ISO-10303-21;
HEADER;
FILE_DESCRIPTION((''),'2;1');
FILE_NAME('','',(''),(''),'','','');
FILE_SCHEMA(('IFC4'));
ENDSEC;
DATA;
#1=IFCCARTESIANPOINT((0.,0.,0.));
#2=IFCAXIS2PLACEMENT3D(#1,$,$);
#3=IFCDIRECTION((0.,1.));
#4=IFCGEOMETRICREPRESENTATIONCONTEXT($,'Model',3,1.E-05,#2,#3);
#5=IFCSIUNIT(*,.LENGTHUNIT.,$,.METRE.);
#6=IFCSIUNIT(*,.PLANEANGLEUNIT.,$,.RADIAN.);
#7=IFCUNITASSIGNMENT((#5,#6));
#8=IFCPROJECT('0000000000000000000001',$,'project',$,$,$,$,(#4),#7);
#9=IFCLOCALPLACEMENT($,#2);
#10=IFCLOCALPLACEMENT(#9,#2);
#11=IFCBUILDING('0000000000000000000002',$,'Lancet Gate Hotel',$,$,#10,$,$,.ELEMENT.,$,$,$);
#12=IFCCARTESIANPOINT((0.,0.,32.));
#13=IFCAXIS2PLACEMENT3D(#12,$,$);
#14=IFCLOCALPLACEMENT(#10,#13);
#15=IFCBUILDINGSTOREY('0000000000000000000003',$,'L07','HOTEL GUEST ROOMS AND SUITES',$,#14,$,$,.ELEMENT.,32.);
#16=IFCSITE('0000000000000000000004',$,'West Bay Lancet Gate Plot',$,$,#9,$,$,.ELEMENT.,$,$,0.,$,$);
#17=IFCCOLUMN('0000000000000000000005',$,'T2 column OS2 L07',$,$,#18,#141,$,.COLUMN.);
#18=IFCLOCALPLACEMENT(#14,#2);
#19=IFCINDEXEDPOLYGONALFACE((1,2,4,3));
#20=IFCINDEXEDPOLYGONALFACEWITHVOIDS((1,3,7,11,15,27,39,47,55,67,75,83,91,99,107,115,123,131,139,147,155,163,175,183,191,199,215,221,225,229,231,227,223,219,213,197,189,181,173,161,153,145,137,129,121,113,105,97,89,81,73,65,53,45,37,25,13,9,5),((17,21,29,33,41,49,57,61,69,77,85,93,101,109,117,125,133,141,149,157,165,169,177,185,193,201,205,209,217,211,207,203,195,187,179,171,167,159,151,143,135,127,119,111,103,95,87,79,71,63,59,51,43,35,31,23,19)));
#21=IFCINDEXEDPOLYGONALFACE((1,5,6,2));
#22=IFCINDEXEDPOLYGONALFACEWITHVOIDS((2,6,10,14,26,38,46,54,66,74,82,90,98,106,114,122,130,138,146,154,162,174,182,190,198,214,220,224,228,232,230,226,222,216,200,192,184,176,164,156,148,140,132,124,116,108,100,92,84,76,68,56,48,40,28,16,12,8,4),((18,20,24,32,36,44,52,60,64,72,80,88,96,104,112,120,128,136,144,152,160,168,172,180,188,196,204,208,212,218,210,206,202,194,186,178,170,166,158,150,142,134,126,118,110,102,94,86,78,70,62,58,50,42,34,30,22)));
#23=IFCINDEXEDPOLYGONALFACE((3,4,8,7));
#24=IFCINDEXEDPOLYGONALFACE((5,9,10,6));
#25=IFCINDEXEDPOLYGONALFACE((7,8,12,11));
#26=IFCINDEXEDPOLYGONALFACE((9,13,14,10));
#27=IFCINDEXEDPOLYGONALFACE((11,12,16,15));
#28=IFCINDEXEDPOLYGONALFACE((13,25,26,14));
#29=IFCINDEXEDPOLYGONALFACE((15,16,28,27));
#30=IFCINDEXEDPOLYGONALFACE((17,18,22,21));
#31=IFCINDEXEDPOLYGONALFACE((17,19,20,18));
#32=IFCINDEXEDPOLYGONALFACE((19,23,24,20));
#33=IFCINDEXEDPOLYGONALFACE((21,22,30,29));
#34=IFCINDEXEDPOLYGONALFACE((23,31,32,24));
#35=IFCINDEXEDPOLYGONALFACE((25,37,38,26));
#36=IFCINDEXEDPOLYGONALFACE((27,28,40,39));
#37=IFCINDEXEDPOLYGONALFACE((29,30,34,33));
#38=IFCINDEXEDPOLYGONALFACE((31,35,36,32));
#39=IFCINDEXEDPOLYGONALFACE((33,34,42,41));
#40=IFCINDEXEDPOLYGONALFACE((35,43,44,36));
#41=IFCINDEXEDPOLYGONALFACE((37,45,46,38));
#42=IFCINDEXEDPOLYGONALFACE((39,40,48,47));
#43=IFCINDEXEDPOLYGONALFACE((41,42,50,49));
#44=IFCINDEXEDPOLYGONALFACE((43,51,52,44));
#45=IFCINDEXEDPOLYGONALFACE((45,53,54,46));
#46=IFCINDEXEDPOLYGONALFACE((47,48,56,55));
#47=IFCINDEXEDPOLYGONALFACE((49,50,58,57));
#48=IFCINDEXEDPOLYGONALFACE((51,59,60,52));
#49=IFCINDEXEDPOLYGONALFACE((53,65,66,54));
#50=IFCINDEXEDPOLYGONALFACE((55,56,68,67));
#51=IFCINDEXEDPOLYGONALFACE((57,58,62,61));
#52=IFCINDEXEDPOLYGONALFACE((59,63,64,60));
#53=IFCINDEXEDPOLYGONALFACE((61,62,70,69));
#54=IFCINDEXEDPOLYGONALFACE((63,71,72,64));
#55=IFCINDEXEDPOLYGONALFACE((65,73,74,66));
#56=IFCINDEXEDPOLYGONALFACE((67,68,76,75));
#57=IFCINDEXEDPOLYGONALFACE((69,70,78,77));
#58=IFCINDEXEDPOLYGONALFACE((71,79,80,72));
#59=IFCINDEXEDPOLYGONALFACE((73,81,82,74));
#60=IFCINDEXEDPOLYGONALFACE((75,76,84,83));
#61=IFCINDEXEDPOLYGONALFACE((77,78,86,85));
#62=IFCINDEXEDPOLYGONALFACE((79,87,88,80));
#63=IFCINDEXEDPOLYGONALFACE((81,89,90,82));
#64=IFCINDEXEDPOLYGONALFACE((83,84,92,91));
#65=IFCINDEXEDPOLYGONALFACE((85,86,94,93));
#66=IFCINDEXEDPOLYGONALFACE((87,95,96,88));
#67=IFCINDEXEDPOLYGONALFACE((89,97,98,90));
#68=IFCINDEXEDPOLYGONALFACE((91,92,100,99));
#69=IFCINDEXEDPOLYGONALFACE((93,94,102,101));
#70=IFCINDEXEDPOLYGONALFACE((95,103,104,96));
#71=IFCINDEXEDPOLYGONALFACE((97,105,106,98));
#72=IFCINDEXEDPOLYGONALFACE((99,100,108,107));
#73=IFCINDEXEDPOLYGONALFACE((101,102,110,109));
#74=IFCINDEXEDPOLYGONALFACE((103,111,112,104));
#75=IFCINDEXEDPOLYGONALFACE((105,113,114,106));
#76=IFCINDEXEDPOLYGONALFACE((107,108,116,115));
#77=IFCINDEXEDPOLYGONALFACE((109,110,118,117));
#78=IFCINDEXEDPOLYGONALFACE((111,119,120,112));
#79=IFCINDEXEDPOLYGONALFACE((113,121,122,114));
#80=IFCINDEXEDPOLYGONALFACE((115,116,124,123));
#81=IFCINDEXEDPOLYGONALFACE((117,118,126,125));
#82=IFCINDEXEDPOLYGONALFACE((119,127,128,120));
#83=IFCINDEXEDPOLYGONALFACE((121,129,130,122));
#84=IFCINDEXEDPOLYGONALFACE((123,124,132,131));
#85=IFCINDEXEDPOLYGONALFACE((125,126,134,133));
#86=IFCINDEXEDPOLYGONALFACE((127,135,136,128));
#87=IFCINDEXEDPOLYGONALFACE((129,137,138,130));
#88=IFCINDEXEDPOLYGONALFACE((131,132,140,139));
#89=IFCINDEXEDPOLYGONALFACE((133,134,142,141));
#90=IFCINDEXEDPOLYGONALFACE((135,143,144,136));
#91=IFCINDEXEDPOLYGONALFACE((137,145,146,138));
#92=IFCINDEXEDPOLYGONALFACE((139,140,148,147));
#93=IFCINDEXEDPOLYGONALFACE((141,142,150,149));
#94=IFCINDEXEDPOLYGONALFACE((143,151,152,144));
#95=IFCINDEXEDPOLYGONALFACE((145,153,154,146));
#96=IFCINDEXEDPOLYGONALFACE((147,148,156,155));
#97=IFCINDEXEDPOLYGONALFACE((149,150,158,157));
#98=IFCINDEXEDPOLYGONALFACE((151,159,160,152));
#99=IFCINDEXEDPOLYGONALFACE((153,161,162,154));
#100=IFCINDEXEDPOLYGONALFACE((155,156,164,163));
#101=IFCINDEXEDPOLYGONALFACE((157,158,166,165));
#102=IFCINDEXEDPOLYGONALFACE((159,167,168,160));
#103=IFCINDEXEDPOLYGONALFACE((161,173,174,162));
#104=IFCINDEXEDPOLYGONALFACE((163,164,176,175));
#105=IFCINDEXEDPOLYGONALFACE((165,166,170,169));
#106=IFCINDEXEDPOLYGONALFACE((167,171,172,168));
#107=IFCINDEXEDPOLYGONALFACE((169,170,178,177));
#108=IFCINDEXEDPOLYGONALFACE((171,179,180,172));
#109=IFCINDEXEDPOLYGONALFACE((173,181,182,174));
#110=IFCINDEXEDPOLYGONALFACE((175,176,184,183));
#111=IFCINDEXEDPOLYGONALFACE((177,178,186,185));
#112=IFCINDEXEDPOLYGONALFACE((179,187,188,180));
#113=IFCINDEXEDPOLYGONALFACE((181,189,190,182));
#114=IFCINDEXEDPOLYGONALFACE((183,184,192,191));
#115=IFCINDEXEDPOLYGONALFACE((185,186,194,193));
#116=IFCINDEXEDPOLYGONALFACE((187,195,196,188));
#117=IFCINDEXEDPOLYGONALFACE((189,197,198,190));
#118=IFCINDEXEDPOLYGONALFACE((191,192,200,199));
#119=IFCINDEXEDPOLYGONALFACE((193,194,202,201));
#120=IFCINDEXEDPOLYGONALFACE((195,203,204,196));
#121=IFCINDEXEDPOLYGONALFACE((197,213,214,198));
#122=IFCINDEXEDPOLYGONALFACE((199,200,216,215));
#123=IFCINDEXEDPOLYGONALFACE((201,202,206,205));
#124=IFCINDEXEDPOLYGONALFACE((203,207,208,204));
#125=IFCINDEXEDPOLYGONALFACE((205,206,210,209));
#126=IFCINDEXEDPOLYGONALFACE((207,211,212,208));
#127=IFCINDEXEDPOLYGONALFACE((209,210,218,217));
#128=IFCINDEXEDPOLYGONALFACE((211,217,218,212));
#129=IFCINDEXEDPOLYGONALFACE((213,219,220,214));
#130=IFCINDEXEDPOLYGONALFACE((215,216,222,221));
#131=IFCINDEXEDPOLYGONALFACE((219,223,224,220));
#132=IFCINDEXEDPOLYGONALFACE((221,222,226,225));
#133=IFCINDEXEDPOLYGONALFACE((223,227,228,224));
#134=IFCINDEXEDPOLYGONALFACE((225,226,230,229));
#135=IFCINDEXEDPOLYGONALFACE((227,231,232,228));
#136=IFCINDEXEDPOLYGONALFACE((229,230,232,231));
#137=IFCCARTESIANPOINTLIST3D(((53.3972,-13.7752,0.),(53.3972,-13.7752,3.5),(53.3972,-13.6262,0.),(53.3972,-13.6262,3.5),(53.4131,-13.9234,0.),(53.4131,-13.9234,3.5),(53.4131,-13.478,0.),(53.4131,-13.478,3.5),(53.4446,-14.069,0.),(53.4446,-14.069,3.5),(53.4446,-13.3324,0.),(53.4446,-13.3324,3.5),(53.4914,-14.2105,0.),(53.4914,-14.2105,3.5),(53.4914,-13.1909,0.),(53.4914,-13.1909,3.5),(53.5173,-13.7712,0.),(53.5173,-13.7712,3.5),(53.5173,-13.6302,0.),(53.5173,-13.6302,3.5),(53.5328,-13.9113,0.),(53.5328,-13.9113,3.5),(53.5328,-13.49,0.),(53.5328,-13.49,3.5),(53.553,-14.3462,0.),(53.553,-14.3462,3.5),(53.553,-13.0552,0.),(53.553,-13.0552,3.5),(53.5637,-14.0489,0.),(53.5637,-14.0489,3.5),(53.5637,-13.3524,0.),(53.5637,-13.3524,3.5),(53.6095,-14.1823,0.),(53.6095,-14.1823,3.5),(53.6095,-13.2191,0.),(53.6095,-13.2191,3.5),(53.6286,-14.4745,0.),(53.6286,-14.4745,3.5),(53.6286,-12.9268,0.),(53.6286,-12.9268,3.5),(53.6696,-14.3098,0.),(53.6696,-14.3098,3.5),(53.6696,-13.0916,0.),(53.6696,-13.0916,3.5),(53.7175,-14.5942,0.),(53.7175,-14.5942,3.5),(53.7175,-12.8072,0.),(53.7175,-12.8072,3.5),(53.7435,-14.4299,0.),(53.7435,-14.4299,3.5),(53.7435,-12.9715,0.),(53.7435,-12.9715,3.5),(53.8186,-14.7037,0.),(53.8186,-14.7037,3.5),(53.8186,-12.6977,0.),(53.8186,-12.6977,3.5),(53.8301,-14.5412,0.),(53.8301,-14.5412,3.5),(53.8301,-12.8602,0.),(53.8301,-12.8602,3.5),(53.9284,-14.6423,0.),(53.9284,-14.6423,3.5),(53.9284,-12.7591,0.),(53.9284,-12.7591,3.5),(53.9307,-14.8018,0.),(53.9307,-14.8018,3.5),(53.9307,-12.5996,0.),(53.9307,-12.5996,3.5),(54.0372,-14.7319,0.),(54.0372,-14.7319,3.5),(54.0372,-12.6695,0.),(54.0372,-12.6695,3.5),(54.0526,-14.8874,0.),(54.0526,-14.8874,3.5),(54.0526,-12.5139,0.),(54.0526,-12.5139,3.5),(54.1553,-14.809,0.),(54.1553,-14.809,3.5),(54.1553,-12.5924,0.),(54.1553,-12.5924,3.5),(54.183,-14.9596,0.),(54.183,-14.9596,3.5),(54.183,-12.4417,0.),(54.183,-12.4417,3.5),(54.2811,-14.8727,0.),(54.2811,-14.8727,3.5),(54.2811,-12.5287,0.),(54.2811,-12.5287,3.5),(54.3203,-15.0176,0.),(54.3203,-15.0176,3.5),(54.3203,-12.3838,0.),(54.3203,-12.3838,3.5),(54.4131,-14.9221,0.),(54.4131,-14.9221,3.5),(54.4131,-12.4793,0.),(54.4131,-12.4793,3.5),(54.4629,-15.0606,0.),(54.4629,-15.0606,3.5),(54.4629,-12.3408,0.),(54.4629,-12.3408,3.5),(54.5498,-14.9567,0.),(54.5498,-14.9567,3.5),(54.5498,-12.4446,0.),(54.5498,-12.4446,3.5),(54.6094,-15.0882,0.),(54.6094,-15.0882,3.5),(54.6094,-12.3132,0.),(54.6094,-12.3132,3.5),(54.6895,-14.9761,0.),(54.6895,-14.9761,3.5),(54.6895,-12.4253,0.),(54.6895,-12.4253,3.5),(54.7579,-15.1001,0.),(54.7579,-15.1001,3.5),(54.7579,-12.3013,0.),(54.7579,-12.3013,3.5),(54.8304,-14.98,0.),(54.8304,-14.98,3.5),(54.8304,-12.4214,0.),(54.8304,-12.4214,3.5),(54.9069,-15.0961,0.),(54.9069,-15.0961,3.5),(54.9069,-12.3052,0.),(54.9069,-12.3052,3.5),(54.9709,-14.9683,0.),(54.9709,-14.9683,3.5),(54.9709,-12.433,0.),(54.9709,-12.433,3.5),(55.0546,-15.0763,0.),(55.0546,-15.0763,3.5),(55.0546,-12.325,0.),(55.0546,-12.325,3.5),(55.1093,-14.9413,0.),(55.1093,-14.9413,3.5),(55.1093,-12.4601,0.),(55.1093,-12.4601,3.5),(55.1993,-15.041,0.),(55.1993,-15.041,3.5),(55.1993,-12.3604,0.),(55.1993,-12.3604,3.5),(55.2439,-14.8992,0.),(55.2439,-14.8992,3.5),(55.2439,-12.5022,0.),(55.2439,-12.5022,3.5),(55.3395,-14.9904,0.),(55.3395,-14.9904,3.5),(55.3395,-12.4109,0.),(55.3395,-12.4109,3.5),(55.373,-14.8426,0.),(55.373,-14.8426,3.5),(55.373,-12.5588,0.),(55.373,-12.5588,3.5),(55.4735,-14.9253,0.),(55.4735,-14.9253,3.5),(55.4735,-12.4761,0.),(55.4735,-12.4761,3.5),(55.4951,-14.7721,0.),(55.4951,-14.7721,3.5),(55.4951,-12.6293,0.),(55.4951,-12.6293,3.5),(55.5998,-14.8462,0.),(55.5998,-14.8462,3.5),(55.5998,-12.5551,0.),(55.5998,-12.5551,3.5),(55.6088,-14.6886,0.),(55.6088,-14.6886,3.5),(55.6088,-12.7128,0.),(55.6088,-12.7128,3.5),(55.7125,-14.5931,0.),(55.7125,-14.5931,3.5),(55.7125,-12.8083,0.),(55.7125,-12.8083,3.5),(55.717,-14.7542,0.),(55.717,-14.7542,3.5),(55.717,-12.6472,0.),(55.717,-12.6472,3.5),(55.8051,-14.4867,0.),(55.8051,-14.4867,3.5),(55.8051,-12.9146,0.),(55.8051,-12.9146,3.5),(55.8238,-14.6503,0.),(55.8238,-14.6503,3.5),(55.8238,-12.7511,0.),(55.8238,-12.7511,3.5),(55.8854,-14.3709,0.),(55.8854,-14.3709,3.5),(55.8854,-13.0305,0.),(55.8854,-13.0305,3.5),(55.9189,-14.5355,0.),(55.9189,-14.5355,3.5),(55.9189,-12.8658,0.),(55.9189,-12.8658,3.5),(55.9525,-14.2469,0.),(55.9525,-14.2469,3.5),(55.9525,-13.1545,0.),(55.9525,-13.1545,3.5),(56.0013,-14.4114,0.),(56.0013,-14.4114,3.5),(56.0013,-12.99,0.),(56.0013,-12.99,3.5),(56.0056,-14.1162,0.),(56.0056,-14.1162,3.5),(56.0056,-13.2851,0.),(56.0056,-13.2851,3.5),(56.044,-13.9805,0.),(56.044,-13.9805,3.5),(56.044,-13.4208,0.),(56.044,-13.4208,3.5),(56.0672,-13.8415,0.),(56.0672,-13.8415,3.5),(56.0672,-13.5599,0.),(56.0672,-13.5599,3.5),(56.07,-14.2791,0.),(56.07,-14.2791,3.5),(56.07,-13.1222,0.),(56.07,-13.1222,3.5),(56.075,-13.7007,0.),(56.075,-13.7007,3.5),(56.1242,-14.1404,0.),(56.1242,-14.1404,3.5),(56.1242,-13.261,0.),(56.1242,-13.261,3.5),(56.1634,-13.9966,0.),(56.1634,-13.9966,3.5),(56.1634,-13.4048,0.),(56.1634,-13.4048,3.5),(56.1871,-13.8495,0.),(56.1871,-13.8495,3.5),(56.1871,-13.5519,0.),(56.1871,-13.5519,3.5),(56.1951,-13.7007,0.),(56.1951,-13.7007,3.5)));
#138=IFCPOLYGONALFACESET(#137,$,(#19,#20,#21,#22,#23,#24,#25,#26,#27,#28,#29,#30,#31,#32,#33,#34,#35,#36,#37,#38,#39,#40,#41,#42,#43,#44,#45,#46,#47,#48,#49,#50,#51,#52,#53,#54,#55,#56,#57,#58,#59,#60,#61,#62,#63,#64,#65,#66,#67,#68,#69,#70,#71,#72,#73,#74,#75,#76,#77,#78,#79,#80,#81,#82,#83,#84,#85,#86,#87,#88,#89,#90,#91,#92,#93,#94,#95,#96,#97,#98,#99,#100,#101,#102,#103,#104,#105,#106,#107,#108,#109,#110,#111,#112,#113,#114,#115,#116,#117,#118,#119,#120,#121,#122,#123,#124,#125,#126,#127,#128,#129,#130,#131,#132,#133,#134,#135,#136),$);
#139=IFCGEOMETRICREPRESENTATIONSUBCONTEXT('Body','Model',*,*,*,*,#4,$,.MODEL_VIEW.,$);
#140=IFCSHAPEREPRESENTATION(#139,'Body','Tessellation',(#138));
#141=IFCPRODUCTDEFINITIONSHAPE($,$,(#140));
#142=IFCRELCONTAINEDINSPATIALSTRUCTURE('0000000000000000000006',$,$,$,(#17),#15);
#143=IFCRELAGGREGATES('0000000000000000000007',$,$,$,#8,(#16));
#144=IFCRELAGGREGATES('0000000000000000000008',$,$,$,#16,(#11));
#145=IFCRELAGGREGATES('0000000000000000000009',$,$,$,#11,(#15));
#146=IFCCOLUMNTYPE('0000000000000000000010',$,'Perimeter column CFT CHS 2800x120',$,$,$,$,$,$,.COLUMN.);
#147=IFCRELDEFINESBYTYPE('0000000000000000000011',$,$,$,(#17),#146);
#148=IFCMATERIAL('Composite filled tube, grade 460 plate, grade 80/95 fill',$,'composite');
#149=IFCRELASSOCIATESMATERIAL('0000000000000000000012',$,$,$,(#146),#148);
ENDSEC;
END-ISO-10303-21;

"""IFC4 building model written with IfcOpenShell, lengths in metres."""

from ifc_helpers import new_model, si_unit, direction, frame, origin, origin_2d, place, context, subcontext, project, spatial, hollow_circle, extrude, material, material_profile, profile_set, type_object, element, save


model = new_model("IFC4")

# Units and contexts
model_context = context("Model", 3, precision=1e-05, world=origin(), true_north=direction((0.0, 1.0)))
body_context = subcontext(model_context, "Body", "Model", "MODEL_VIEW")
ifc_project = project(units=[si_unit("LENGTHUNIT", "METRE"), si_unit("PLANEANGLEUNIT", "RADIAN")], contexts=[model_context])

# Site, building, storey
site_placement = place(None, origin())
site = spatial("IfcSite", under=ifc_project, at=site_placement, Name="West Bay Lancet Gate Plot", CompositionType="ELEMENT", RefElevation=0.0)
building_placement = place(site_placement, origin())
building = spatial("IfcBuilding", under=site, at=building_placement, Name="Lancet Gate Hotel", CompositionType="ELEMENT")
storey_placement = place(building_placement, frame((0.0, 0.0, 32.0)))
storey = spatial("IfcBuildingStorey", under=building, at=storey_placement, Name="L07", Description="HOTEL GUEST ROOMS AND SUITES", CompositionType="ELEMENT", Elevation=32.0)

# Column
ifc_material_1 = material(Name="Composite filled tube, grade 460 plate, grade 80/95 fill", Category="composite")
ifc_material_profile_1 = material_profile(ifc_material_1, hollow_circle(Radius=1.3999, WallThickness=0.1201, at=origin_2d()), Name="CHS 2800x120")
ifc_profile_set_1 = profile_set([ifc_material_profile_1], Name="Composite filled tube, grade 460 plate, grade 80/95 fill")
column_type = type_object("IfcColumnType", Name="Perimeter column CFT CHS 2800x120", PredefinedType="COLUMN", material=ifc_profile_set_1)
for number, where, z_axis, x_axis, name in (
    (1, (54.7952, -13.7007, 0.0), (0.0, 0.0, 1.0), (1.0, 0.0, 0.0), "T2 column OS2 L07"),
):
    element("IfcColumn", number, at=place(storey_placement, frame(where, z_axis=z_axis, x_axis=x_axis)), inside=storey, type_object=column_type, Name=name, PredefinedType="COLUMN", context=body_context, shape_type="SweptSolid", body=[
        extrude(hollow_circle(Radius=1.3999, WallThickness=0.1201, at=origin_2d()), origin(), (0.0, 0.0, 1.0), 3.5),
    ])

save(model, "model.ifc")
